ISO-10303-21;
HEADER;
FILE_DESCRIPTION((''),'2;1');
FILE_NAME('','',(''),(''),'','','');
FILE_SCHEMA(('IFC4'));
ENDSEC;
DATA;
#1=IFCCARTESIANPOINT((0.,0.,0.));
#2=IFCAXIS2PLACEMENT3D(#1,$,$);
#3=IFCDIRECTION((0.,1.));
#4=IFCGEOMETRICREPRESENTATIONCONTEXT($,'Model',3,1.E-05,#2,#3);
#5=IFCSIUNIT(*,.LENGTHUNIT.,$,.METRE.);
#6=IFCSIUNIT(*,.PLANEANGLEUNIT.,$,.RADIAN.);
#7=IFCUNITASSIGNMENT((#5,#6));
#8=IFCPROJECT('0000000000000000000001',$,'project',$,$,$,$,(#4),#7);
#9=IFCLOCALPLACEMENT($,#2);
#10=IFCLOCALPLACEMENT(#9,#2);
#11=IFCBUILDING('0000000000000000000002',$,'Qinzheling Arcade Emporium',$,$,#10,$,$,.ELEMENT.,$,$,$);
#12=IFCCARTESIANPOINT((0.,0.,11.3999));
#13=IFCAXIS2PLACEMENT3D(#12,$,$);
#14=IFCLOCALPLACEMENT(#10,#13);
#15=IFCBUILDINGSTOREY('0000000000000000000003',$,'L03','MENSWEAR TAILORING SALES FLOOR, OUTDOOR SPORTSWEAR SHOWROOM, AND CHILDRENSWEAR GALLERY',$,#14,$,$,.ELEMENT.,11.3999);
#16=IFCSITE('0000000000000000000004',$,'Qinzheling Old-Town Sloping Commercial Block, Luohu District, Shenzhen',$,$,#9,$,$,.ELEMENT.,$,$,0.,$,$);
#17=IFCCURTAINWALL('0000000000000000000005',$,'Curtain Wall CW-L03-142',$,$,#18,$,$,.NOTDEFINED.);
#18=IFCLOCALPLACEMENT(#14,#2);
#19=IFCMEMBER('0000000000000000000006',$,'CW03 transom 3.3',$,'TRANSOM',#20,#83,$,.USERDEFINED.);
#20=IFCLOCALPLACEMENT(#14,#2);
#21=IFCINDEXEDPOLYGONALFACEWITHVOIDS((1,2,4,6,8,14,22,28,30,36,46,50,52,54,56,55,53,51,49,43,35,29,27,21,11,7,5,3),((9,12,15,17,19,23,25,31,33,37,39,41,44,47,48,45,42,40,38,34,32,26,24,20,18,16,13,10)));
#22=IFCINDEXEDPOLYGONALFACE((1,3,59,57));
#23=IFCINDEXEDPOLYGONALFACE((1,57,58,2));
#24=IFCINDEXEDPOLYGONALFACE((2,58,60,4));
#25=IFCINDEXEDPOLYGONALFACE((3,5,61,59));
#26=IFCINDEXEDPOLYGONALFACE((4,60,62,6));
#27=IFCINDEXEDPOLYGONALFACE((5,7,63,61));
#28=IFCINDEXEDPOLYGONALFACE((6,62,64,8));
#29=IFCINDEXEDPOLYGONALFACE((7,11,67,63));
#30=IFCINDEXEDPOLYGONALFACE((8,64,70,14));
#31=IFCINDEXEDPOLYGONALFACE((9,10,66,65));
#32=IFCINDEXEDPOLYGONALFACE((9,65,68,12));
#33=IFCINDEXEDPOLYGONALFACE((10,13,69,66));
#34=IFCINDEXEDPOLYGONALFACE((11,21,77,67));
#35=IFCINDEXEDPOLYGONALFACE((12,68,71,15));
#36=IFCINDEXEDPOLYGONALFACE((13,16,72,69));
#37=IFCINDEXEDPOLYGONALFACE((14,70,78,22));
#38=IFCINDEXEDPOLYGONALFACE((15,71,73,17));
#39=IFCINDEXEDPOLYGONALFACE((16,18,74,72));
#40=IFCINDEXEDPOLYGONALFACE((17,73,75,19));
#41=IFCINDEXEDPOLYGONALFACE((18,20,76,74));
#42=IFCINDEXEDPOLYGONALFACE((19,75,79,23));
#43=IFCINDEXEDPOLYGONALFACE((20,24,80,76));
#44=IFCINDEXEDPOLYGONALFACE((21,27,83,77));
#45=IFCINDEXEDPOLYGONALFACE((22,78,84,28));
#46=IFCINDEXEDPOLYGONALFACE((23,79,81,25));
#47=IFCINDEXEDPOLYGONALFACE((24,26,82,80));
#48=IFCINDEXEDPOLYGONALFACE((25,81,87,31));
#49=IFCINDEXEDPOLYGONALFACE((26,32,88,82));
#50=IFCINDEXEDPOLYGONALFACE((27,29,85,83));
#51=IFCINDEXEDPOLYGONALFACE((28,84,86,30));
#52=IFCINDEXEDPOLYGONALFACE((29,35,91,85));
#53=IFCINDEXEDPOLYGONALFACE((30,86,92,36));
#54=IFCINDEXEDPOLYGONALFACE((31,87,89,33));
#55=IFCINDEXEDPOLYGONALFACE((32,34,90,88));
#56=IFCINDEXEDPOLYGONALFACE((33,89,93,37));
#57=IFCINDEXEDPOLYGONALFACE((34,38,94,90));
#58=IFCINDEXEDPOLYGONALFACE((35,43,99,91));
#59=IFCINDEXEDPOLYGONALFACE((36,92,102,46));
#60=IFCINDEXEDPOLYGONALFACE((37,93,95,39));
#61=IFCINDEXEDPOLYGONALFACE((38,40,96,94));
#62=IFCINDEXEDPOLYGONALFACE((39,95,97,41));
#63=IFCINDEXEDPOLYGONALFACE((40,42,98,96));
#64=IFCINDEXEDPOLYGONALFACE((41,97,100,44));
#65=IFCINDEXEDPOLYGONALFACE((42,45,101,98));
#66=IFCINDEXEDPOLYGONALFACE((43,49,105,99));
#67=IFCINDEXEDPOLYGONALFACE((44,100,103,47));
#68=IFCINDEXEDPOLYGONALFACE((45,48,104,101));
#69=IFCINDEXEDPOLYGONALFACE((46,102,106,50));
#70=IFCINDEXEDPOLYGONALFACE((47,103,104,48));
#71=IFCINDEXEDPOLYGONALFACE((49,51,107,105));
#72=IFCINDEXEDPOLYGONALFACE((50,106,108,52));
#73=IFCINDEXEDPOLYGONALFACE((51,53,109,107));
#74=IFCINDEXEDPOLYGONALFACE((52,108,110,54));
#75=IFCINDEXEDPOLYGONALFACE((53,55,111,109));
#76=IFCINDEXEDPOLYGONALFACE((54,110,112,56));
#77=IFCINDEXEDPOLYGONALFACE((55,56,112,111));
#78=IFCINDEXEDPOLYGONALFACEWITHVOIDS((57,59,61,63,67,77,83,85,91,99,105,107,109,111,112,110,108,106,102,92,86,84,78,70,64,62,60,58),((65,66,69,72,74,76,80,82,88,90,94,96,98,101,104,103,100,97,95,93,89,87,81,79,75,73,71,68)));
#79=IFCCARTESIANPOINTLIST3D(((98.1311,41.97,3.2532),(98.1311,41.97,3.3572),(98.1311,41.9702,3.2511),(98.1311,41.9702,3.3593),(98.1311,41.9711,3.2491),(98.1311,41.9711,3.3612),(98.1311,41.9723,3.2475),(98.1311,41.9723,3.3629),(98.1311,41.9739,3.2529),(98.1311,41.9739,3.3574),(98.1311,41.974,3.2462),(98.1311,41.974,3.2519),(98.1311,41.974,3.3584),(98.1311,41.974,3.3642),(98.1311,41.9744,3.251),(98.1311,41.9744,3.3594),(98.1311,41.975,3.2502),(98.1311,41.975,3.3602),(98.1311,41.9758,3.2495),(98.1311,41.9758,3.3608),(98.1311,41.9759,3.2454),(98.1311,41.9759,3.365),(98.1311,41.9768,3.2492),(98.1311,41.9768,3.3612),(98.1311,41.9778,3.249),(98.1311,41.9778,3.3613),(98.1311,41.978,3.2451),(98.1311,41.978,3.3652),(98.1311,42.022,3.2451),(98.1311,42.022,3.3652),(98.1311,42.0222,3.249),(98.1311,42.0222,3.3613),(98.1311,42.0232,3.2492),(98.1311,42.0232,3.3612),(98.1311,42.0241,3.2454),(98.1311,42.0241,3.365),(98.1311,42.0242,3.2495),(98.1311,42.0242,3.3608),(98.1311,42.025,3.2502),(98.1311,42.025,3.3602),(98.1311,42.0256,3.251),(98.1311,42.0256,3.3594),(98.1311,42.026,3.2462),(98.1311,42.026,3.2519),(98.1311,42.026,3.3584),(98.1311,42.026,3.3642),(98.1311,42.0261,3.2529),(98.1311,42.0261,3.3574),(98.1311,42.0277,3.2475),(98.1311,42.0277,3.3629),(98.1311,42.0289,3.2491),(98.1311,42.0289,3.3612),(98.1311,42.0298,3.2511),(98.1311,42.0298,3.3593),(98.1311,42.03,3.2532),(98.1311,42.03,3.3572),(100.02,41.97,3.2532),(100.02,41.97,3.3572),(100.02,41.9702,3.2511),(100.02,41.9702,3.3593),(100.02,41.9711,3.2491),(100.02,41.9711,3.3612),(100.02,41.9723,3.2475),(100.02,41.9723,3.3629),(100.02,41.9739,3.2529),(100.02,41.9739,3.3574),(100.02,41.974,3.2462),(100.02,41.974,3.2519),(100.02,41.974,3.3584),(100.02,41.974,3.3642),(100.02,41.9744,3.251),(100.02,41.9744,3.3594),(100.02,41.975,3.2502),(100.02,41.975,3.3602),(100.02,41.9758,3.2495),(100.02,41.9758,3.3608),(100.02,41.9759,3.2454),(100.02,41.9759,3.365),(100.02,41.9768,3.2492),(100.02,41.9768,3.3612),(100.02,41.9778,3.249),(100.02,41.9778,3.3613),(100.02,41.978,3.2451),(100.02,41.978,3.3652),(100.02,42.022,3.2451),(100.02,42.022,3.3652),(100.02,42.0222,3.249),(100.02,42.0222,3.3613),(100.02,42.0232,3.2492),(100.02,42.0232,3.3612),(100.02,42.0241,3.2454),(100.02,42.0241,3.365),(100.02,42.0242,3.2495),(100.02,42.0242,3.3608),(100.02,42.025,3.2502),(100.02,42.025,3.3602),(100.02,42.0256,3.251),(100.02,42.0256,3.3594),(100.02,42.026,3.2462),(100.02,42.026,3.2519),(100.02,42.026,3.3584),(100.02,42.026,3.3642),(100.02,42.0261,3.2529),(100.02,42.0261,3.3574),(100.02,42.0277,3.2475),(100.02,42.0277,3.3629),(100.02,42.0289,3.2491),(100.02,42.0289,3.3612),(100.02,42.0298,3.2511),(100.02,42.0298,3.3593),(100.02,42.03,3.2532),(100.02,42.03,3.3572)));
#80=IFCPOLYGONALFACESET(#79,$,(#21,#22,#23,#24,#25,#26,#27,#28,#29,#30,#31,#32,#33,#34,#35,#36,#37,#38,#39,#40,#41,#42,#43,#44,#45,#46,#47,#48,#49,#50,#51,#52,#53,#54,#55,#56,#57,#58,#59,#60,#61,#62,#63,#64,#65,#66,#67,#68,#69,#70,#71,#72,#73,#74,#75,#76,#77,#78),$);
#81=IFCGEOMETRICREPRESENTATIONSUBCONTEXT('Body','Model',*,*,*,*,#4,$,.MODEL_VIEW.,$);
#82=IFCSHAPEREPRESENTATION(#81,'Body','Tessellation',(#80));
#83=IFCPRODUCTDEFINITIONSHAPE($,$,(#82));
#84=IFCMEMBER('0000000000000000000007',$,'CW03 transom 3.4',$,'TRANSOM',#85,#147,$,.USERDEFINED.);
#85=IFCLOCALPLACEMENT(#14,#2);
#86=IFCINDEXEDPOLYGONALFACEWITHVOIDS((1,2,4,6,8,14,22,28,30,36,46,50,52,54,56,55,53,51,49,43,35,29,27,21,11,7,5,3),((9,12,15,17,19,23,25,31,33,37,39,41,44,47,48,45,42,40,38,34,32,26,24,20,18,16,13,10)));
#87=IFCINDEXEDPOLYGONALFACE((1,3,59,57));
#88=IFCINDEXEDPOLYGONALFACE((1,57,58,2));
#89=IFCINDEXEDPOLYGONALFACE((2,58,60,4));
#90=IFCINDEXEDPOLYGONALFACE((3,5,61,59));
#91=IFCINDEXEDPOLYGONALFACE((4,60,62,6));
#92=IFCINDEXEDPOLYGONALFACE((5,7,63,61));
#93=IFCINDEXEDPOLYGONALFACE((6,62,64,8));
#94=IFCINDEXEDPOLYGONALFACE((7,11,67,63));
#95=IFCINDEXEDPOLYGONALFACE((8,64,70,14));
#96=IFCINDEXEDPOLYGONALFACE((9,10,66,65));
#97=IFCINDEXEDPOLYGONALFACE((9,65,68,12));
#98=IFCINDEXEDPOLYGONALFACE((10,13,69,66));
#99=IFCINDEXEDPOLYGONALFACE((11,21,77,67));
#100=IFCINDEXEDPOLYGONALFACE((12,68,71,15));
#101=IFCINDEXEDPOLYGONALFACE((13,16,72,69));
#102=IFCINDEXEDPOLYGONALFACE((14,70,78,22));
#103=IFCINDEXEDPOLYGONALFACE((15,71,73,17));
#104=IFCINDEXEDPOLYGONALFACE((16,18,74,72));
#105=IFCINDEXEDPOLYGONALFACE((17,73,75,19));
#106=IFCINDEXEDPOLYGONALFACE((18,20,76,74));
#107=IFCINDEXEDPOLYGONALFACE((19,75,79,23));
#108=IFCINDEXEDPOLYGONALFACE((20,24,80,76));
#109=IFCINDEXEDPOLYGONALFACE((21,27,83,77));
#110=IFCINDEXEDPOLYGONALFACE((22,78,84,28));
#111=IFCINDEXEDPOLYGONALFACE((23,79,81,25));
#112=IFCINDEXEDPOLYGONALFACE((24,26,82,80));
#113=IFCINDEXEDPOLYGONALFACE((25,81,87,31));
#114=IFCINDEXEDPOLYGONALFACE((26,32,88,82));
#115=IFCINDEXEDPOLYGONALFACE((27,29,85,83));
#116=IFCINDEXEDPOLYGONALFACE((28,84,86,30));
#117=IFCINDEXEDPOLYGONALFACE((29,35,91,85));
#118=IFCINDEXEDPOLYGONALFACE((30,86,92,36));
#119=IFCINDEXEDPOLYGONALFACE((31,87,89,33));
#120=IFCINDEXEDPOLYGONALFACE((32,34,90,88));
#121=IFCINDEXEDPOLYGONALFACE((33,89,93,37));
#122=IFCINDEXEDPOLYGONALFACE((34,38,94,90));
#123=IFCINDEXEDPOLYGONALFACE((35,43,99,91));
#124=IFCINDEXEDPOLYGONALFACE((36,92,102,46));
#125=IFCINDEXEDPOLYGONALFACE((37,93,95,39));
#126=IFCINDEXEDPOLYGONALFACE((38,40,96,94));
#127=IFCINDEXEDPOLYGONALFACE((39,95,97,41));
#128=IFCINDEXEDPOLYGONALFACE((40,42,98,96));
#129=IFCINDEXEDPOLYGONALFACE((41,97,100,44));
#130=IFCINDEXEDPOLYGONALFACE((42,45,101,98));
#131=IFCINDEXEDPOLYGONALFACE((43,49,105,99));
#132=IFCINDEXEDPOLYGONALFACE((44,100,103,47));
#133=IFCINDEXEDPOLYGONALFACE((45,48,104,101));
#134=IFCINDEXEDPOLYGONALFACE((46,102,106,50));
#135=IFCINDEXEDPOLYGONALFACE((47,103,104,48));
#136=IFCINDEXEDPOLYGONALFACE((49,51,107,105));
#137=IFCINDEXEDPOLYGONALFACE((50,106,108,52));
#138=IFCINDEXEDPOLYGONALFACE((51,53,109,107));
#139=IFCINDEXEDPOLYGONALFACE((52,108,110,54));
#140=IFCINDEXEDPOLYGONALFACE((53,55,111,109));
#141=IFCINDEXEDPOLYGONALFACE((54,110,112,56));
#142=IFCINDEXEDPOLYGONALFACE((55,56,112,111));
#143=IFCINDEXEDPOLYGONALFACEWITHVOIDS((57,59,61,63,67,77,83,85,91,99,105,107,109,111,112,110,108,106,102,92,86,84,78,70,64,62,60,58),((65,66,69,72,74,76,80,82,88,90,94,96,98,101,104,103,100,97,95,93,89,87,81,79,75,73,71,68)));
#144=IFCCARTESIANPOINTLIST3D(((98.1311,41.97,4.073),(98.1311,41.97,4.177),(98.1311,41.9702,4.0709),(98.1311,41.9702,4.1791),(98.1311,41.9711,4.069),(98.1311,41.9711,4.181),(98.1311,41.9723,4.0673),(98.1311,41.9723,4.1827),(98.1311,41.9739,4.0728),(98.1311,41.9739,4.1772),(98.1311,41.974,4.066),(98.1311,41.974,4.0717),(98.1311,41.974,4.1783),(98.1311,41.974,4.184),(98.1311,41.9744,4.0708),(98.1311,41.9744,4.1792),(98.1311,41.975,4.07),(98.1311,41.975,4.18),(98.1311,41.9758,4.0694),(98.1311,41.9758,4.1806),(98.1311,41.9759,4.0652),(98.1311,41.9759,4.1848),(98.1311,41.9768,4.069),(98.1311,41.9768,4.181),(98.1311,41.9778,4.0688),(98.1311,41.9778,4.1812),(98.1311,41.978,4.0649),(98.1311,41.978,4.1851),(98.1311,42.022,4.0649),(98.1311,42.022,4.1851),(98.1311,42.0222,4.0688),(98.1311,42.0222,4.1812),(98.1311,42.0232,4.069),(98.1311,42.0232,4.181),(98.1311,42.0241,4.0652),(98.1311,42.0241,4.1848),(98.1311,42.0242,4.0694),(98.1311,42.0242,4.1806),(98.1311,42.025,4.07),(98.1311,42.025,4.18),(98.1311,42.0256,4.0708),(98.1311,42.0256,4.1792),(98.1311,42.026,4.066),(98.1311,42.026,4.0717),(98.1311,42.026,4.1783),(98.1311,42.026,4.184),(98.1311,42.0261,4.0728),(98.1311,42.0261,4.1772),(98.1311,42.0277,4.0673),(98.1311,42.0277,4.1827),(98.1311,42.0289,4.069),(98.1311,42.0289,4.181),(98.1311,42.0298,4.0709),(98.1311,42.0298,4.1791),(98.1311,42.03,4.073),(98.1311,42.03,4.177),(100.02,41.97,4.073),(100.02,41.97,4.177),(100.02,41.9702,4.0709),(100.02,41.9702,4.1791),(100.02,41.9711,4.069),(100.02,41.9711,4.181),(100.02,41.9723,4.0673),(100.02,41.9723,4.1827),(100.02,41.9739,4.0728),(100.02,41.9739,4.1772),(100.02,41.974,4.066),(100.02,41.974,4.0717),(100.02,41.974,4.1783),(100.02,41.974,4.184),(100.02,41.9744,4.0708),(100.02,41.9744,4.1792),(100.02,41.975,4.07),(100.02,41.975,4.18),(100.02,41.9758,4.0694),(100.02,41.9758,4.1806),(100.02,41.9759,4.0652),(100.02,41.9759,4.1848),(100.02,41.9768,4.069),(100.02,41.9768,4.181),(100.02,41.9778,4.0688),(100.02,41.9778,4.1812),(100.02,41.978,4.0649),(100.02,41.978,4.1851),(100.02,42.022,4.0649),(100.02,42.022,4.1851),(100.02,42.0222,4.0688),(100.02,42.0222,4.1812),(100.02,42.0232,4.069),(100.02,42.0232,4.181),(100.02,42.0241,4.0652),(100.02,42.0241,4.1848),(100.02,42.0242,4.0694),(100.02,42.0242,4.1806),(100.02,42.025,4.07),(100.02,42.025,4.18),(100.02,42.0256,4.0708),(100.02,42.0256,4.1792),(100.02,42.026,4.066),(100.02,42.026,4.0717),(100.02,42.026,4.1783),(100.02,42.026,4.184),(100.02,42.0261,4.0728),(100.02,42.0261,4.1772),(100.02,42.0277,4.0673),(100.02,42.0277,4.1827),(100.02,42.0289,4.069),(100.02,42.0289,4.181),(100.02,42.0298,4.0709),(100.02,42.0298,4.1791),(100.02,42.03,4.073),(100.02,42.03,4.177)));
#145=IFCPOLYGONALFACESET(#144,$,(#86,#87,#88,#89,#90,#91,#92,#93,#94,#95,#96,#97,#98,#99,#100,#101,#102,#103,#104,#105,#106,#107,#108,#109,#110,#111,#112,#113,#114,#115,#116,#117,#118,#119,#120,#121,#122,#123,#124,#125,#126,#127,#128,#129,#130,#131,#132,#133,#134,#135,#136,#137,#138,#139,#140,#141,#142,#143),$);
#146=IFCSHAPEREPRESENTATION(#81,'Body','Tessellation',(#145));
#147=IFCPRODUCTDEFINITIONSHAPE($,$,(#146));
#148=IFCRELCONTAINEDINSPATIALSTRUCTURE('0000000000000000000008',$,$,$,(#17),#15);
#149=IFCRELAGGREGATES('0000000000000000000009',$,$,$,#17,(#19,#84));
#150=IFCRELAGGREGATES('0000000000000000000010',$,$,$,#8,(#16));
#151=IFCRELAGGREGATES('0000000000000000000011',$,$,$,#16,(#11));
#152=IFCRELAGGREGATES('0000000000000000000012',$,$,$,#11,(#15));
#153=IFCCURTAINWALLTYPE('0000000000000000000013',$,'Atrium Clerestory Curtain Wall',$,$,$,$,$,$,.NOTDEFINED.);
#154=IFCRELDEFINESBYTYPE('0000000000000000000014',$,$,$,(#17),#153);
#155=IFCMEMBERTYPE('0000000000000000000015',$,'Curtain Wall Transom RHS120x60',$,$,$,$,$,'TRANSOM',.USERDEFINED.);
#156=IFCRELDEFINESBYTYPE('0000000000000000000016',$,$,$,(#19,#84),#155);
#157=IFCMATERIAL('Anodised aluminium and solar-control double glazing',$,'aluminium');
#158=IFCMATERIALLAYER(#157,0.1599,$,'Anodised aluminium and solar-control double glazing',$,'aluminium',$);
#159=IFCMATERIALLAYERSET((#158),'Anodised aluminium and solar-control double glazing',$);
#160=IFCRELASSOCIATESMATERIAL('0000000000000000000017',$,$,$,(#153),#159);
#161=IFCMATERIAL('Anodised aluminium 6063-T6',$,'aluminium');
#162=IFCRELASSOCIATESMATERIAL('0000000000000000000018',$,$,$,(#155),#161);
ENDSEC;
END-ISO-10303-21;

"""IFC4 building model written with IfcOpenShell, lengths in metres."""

from ifc_helpers import new_model, si_unit, direction, frame, origin, origin_2d, place, context, subcontext, project, spatial, hollow_rectangle, extrude, material, layer, layer_set, material_profile, profile_set, type_object, element, aggregate, save


model = new_model("IFC4")

# Units and contexts
model_context = context("Model", 3, precision=1e-05, world=origin(), true_north=direction((0.0, 1.0)))
body_context = subcontext(model_context, "Body", "Model", "MODEL_VIEW")
ifc_project = project(units=[si_unit("LENGTHUNIT", "METRE"), si_unit("PLANEANGLEUNIT", "RADIAN")], contexts=[model_context])

# Site, building, storey
site_placement = place(None, origin())
site = spatial("IfcSite", under=ifc_project, at=site_placement, Name="Qinzheling Old-Town Sloping Commercial Block, Luohu District, Shenzhen", CompositionType="ELEMENT", RefElevation=0.0)
building_placement = place(site_placement, origin())
building = spatial("IfcBuilding", under=site, at=building_placement, Name="Qinzheling Arcade Emporium", CompositionType="ELEMENT")
storey_placement = place(building_placement, frame((0.0, 0.0, 11.3999)))
storey = spatial("IfcBuildingStorey", under=building, at=storey_placement, Name="L03", Description="MENSWEAR TAILORING SALES FLOOR, OUTDOOR SPORTSWEAR SHOWROOM, AND CHILDRENSWEAR GALLERY", CompositionType="ELEMENT", Elevation=11.3999)

# Curtain wall, members
ifc_material_1 = material(Name="Anodised aluminium and solar-control double glazing", Category="aluminium")
ifc_layer_1 = layer(ifc_material_1, 0.1599, Name="Anodised aluminium and solar-control double glazing", Category="aluminium")
ifc_layer_set_1 = layer_set([ifc_layer_1], Name="Anodised aluminium and solar-control double glazing")
curtain_wall_type = type_object("IfcCurtainWallType", Name="Atrium Clerestory Curtain Wall", PredefinedType="NOTDEFINED", material=ifc_layer_set_1)
curtain_wall_placement = place(storey_placement, origin())
curtain_wall = element("IfcCurtainWall", 1, at=curtain_wall_placement, inside=storey, type_object=curtain_wall_type, Name="Curtain Wall CW-L03-142", PredefinedType="NOTDEFINED")
ifc_material_2 = material(Name="Anodised aluminium 6063-T6", Category="aluminium")
ifc_material_profile_1 = material_profile(ifc_material_2, hollow_rectangle(XDim=0.0601, YDim=0.1201, WallThickness=0.0039, InnerFilletRadius=0.0039, OuterFilletRadius=0.0081, at=origin_2d()), Name="RHS 120x60x4", Category="aluminium")
ifc_profile_set_1 = profile_set([ifc_material_profile_1], Name="Anodised aluminium 6063-T6")
member_type_1 = type_object("IfcMemberType", Name="Curtain Wall Transom RHS120x60", ElementType="TRANSOM", PredefinedType="USERDEFINED", material=ifc_profile_set_1)
member_1_placement = place(storey_placement, frame((100.02, 42.0, 3.3052), z_axis=(-1.0, 0.0, 0.0), x_axis=(0.0, -1.0, 0.0)))
member_1 = element("IfcMember", 2, at=member_1_placement, type_object=member_type_1, Name="CW03 transom 3.3", ObjectType="TRANSOM", PredefinedType="USERDEFINED", context=body_context, shape_type="SweptSolid", body=[
    extrude(hollow_rectangle(XDim=0.0601, YDim=0.1201, WallThickness=0.0039, InnerFilletRadius=0.0039, OuterFilletRadius=0.0081, at=origin_2d()), origin(), (0.0, 0.0, 1.0), 1.8889),
])
member_2_placement = place(storey_placement, frame((100.02, 42.0, 4.125), z_axis=(-1.0, 0.0, 0.0), x_axis=(0.0, -1.0, 0.0)))
member_2 = element("IfcMember", 3, at=member_2_placement, type_object=member_type_1, Name="CW03 transom 3.4", ObjectType="TRANSOM", PredefinedType="USERDEFINED", context=body_context, shape_type="SweptSolid", body=[
    extrude(hollow_rectangle(XDim=0.0601, YDim=0.1201, WallThickness=0.0039, InnerFilletRadius=0.0039, OuterFilletRadius=0.0081, at=origin_2d()), origin(), (0.0, 0.0, 1.0), 1.8889),
])

aggregate(curtain_wall, [member_1, member_2])

save(model, "model.ifc")
